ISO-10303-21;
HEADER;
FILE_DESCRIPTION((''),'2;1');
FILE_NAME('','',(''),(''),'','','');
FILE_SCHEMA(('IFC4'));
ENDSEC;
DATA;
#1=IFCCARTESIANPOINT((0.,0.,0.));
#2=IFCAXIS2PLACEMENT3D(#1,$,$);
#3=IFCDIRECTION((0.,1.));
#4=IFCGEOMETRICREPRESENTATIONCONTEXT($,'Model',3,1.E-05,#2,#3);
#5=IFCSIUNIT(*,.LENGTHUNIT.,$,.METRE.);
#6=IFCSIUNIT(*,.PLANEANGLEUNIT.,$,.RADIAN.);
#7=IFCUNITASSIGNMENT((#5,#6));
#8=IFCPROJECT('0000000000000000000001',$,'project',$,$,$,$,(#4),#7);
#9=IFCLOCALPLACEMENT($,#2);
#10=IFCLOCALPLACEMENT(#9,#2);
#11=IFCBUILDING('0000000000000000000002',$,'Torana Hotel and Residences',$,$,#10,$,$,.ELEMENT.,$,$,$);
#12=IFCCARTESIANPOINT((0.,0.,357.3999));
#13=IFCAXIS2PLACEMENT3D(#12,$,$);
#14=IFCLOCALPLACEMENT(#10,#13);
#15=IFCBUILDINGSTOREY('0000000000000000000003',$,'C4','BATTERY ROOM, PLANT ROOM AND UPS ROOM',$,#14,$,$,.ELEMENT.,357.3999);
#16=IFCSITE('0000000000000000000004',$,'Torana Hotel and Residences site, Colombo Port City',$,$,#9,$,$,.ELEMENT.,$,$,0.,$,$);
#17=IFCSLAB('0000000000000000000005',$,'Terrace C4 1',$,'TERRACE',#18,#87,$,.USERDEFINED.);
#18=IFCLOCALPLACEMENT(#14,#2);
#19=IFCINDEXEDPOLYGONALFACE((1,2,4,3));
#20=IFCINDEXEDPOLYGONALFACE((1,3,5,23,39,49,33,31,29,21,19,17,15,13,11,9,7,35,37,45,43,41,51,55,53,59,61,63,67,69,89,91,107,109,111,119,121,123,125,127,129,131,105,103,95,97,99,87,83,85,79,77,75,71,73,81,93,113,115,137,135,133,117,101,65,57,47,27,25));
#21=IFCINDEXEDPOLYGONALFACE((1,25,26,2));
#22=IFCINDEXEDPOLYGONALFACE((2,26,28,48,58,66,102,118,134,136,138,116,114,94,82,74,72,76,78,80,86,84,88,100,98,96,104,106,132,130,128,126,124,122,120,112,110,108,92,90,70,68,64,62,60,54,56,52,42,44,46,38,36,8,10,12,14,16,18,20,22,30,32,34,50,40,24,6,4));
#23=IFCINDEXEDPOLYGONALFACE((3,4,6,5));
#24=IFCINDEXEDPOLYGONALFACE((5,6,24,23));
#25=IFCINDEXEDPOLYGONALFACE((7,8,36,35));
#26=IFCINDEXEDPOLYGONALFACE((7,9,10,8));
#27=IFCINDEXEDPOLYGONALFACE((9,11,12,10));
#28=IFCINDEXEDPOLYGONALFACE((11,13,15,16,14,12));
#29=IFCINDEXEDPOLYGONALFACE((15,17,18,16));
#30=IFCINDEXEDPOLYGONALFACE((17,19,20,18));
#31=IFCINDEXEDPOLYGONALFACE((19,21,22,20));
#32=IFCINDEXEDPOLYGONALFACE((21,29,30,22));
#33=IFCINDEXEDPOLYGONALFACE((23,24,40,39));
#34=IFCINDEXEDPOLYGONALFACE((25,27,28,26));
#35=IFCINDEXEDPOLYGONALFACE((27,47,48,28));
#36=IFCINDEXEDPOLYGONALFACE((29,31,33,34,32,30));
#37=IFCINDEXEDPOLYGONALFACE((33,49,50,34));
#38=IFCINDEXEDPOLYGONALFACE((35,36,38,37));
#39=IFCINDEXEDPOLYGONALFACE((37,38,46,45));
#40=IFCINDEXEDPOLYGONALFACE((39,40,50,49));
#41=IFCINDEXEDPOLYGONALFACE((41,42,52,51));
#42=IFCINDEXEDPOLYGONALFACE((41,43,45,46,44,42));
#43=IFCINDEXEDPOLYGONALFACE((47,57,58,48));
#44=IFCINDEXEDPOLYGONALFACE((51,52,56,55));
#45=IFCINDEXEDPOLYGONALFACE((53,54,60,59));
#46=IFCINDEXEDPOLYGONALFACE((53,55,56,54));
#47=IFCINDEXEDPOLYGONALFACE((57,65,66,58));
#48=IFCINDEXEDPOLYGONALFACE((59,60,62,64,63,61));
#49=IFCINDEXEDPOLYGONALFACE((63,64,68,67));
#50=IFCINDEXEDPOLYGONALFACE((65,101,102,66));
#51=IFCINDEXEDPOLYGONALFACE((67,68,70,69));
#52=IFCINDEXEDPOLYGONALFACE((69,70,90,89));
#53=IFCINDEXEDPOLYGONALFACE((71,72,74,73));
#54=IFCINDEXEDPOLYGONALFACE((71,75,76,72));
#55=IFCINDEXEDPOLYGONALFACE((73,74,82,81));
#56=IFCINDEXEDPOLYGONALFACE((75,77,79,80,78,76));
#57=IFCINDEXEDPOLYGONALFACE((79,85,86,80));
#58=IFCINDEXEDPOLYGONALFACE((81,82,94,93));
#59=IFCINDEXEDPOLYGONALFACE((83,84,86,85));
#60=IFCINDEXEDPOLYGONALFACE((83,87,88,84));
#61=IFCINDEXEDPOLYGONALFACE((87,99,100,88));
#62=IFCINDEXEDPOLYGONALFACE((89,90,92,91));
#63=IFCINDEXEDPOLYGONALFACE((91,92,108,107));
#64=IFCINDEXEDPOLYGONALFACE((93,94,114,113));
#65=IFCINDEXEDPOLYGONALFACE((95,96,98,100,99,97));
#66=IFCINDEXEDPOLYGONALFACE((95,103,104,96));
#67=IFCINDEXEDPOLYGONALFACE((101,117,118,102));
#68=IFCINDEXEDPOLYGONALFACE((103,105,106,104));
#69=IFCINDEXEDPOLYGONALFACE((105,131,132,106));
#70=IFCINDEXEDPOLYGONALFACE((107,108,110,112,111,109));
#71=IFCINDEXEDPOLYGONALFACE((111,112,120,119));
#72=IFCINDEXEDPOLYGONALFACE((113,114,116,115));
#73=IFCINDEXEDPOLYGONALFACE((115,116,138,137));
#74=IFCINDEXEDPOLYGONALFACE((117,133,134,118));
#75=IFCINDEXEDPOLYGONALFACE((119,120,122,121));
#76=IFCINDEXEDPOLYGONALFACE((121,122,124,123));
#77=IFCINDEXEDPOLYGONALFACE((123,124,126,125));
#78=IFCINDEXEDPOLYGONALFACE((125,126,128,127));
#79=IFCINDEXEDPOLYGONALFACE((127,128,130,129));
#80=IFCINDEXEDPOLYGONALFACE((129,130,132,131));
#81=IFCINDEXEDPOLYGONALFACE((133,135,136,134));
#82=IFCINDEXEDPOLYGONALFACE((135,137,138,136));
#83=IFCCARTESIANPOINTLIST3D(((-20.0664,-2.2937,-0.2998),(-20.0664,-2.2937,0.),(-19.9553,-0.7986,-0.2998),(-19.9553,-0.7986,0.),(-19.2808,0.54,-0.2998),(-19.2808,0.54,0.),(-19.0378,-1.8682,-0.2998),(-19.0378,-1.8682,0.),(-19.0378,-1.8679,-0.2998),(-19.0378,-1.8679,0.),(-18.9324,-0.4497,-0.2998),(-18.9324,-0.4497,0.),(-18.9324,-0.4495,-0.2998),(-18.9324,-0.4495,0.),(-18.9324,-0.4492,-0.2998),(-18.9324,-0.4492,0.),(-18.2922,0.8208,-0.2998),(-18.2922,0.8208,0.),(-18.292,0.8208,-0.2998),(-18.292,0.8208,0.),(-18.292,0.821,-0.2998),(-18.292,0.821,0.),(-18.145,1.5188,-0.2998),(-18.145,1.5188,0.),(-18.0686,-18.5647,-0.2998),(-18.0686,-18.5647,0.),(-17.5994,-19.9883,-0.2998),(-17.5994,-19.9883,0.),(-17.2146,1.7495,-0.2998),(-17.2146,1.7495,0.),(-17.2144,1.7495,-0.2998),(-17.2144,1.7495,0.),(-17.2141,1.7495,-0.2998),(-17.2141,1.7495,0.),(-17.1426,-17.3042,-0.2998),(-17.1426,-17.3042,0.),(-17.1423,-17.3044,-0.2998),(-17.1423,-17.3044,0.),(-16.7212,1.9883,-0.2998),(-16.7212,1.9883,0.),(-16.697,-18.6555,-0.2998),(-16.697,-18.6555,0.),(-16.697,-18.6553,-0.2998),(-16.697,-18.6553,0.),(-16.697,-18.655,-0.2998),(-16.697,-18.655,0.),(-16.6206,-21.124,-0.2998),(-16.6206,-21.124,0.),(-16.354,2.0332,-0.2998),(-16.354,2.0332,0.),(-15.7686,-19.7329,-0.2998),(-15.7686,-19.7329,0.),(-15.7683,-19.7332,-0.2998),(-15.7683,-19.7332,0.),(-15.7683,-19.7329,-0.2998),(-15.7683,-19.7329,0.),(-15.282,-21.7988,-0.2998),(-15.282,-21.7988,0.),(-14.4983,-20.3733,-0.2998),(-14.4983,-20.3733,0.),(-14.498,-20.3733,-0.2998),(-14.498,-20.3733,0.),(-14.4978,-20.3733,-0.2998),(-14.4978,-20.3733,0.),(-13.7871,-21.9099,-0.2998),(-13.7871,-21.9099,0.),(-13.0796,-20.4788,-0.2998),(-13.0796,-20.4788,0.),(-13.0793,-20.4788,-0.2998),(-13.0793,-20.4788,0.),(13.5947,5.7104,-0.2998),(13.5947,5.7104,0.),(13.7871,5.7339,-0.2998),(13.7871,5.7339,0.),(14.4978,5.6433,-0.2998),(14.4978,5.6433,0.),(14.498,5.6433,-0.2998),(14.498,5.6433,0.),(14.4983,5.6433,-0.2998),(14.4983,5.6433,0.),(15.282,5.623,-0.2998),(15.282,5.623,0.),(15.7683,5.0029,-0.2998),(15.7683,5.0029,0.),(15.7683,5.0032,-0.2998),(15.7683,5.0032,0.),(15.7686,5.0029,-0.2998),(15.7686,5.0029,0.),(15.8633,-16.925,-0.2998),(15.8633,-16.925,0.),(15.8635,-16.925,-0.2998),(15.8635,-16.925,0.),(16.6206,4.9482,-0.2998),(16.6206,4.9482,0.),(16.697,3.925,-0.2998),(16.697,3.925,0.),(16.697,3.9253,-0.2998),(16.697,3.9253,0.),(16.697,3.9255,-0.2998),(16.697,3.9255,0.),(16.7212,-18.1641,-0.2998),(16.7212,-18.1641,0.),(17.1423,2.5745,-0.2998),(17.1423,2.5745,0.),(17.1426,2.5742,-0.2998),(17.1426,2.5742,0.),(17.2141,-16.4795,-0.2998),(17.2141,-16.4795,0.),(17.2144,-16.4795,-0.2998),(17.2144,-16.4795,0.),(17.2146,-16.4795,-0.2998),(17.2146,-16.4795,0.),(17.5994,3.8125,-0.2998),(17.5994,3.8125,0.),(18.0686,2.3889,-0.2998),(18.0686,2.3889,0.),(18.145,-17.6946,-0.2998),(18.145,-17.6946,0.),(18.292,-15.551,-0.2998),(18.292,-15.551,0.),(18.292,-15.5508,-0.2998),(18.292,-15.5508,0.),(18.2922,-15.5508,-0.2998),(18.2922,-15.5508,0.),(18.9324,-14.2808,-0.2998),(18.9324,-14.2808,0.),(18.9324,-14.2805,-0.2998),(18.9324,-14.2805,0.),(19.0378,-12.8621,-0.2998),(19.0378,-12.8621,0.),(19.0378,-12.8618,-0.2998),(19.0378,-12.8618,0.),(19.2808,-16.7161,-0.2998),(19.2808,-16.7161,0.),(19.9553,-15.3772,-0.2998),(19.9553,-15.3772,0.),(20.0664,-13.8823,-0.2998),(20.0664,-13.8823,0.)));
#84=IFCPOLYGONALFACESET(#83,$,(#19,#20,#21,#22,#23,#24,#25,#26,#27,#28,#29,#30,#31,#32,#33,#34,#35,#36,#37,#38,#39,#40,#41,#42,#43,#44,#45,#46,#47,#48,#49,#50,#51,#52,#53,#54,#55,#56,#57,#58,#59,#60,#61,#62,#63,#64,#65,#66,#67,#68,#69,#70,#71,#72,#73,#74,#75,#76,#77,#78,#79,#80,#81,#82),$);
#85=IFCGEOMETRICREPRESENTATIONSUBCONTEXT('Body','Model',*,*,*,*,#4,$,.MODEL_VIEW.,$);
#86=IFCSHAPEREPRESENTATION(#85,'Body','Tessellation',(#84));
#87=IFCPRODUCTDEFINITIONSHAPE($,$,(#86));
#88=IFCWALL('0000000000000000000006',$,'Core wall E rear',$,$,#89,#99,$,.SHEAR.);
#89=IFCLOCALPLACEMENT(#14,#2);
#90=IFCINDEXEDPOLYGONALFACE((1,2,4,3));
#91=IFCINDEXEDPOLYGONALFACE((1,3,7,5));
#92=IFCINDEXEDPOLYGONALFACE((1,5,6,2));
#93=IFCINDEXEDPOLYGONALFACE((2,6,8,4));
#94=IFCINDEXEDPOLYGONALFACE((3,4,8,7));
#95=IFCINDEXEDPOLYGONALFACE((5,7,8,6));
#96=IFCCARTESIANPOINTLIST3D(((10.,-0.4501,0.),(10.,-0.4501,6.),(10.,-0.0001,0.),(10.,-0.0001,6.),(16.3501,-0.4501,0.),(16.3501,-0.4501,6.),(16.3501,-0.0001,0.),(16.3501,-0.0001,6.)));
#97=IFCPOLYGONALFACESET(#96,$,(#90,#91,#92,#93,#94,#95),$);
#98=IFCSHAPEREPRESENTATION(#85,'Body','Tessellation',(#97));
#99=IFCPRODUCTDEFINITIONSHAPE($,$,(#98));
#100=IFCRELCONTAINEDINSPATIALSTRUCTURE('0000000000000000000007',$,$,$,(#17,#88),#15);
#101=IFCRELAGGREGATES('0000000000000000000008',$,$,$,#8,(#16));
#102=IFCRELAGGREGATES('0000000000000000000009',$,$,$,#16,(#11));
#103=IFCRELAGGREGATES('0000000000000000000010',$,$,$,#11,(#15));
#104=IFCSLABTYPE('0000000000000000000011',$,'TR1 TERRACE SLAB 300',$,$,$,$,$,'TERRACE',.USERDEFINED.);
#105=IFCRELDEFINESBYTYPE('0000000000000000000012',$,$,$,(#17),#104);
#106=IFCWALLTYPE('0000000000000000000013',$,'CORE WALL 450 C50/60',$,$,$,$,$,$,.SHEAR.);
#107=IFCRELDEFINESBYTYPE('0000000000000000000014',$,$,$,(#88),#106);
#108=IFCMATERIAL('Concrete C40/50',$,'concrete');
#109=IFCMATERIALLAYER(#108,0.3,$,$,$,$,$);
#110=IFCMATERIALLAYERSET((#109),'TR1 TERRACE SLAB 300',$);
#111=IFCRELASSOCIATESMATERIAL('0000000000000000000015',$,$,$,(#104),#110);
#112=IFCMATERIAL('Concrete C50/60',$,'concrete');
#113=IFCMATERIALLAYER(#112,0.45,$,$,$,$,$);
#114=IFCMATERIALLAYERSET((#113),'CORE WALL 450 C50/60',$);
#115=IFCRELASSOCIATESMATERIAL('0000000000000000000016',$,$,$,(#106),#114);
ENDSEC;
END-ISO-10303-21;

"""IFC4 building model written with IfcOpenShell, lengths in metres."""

from ifc_helpers import new_model, si_unit, direction, frame, frame_2d, origin, place, context, subcontext, project, spatial, polyline, rectangle, outline, extrude, material, layer, layer_set, type_object, element, save


model = new_model("IFC4")

# Units and contexts
model_context = context("Model", 3, precision=1e-05, world=origin(), true_north=direction((0.0, 1.0)))
body_context = subcontext(model_context, "Body", "Model", "MODEL_VIEW")
ifc_project = project(units=[si_unit("LENGTHUNIT", "METRE"), si_unit("PLANEANGLEUNIT", "RADIAN")], contexts=[model_context])

# Site, building, storey
site_placement = place(None, origin())
site = spatial("IfcSite", under=ifc_project, at=site_placement, Name="Torana Hotel and Residences site, Colombo Port City", CompositionType="ELEMENT", RefElevation=0.0)
building_placement = place(site_placement, origin())
building = spatial("IfcBuilding", under=site, at=building_placement, Name="Torana Hotel and Residences", CompositionType="ELEMENT")
storey_placement = place(building_placement, frame((0.0, 0.0, 357.3999)))
storey = spatial("IfcBuildingStorey", under=building, at=storey_placement, Name="C4", Description="BATTERY ROOM, PLANT ROOM AND UPS ROOM", CompositionType="ELEMENT", Elevation=357.3999)

# Slab
ifc_material_1 = material(Name="Concrete C40/50", Category="concrete")
ifc_layer_1 = layer(ifc_material_1, 0.3)
ifc_layer_set_1 = layer_set([ifc_layer_1], Name="TR1 TERRACE SLAB 300")
slab_type_1 = type_object("IfcSlabType", Name="TR1 TERRACE SLAB 300", ElementType="TERRACE", PredefinedType="USERDEFINED", material=ifc_layer_set_1)
slab_1_placement = place(storey_placement, frame((0.0, 0.0, -0.2998)))
element("IfcSlab", 1, at=slab_1_placement, inside=storey, type_object=slab_type_1, Name="Terrace C4 1", ObjectType="TERRACE", PredefinedType="USERDEFINED", context=body_context, shape_type="SweptSolid", body=[
    extrude(outline(polyline([(13.7871, 5.7339), (15.282, 5.623), (16.6206, 4.9482), (17.5994, 3.8125), (18.0686, 2.3889), (20.0664, -13.8823), (19.9553, -15.3772), (19.2808, -16.7161), (18.145, -17.6946), (16.7212, -18.1641), (-13.7871, -21.9099), (-15.282, -21.7988), (-16.6206, -21.124), (-17.5994, -19.9883), (-18.0686, -18.5647), (-20.0664, -2.2937), (-19.9553, -0.7986), (-19.2808, 0.54), (-18.145, 1.5188), (-16.7212, 1.9883), (-16.354, 2.0332), (-17.2141, 1.7495), (-17.2144, 1.7495), (-17.2144, 1.7495), (-17.2146, 1.7495), (-17.2146, 1.7495), (-18.292, 0.821), (-18.292, 0.821), (-18.292, 0.8208), (-18.292, 0.8208), (-18.2922, 0.8208), (-18.9324, -0.4492), (-18.9324, -0.4492), (-18.9324, -0.4495), (-18.9324, -0.4495), (-18.9324, -0.4497), (-19.0378, -1.8679), (-19.0378, -1.8679), (-19.0378, -1.8682), (-17.1426, -17.3042), (-17.1426, -17.3042), (-17.1423, -17.3044), (-16.697, -18.655), (-16.697, -18.6553), (-16.697, -18.6553), (-16.697, -18.6555), (-16.697, -18.6555), (-15.7686, -19.7329), (-15.7686, -19.7329), (-15.7683, -19.7329), (-15.7683, -19.7329), (-15.7683, -19.7332), (-14.4983, -20.3733), (-14.4983, -20.3733), (-14.498, -20.3733), (-14.498, -20.3733), (-14.4978, -20.3733), (-13.0796, -20.4788), (-13.0796, -20.4788), (-13.0793, -20.4788), (15.8633, -16.925), (15.8633, -16.925), (15.8635, -16.925), (17.2141, -16.4795), (17.2144, -16.4795), (17.2144, -16.4795), (17.2146, -16.4795), (17.2146, -16.4795), (18.292, -15.551), (18.292, -15.551), (18.292, -15.5508), (18.292, -15.5508), (18.2922, -15.5508), (18.9324, -14.2808), (18.9324, -14.2808), (18.9324, -14.2805), (18.9324, -14.2805), (18.9324, -14.2805), (19.0378, -12.8621), (19.0378, -12.8621), (19.0378, -12.8618), (17.1426, 2.5742), (17.1426, 2.5742), (17.1423, 2.5745), (16.697, 3.925), (16.697, 3.9253), (16.697, 3.9253), (16.697, 3.9253), (16.697, 3.9255), (15.7686, 5.0029), (15.7686, 5.0029), (15.7683, 5.0029), (15.7683, 5.0029), (15.7683, 5.0032), (14.4983, 5.6433), (14.4983, 5.6433), (14.498, 5.6433), (14.498, 5.6433), (14.4978, 5.6433), (13.5947, 5.7104), (13.7871, 5.7339)])), origin(), (0.0, 0.0, 1.0), 0.2998),
])

# Wall
ifc_material_2 = material(Name="Concrete C50/60", Category="concrete")
ifc_layer_2 = layer(ifc_material_2, 0.45)
ifc_layer_set_2 = layer_set([ifc_layer_2], Name="CORE WALL 450 C50/60")
wall_type = type_object("IfcWallType", Name="CORE WALL 450 C50/60", PredefinedType="SHEAR", material=ifc_layer_set_2)
wall_placement = place(storey_placement, frame((10.0, -0.2251, 0.0), z_axis=(0.0, 0.0, 1.0), x_axis=(1.0, 0.0, 0.0)))
element("IfcWall", 2, at=wall_placement, inside=storey, type_object=wall_type, Name="Core wall E rear", PredefinedType="SHEAR", context=body_context, shape_type="SweptSolid", body=[
    extrude(rectangle(XDim=6.3501, YDim=0.45, at=frame_2d((3.175, 0.0))), origin(), (0.0, 0.0, 1.0), 6.0),
])

save(model, "model.ifc")
